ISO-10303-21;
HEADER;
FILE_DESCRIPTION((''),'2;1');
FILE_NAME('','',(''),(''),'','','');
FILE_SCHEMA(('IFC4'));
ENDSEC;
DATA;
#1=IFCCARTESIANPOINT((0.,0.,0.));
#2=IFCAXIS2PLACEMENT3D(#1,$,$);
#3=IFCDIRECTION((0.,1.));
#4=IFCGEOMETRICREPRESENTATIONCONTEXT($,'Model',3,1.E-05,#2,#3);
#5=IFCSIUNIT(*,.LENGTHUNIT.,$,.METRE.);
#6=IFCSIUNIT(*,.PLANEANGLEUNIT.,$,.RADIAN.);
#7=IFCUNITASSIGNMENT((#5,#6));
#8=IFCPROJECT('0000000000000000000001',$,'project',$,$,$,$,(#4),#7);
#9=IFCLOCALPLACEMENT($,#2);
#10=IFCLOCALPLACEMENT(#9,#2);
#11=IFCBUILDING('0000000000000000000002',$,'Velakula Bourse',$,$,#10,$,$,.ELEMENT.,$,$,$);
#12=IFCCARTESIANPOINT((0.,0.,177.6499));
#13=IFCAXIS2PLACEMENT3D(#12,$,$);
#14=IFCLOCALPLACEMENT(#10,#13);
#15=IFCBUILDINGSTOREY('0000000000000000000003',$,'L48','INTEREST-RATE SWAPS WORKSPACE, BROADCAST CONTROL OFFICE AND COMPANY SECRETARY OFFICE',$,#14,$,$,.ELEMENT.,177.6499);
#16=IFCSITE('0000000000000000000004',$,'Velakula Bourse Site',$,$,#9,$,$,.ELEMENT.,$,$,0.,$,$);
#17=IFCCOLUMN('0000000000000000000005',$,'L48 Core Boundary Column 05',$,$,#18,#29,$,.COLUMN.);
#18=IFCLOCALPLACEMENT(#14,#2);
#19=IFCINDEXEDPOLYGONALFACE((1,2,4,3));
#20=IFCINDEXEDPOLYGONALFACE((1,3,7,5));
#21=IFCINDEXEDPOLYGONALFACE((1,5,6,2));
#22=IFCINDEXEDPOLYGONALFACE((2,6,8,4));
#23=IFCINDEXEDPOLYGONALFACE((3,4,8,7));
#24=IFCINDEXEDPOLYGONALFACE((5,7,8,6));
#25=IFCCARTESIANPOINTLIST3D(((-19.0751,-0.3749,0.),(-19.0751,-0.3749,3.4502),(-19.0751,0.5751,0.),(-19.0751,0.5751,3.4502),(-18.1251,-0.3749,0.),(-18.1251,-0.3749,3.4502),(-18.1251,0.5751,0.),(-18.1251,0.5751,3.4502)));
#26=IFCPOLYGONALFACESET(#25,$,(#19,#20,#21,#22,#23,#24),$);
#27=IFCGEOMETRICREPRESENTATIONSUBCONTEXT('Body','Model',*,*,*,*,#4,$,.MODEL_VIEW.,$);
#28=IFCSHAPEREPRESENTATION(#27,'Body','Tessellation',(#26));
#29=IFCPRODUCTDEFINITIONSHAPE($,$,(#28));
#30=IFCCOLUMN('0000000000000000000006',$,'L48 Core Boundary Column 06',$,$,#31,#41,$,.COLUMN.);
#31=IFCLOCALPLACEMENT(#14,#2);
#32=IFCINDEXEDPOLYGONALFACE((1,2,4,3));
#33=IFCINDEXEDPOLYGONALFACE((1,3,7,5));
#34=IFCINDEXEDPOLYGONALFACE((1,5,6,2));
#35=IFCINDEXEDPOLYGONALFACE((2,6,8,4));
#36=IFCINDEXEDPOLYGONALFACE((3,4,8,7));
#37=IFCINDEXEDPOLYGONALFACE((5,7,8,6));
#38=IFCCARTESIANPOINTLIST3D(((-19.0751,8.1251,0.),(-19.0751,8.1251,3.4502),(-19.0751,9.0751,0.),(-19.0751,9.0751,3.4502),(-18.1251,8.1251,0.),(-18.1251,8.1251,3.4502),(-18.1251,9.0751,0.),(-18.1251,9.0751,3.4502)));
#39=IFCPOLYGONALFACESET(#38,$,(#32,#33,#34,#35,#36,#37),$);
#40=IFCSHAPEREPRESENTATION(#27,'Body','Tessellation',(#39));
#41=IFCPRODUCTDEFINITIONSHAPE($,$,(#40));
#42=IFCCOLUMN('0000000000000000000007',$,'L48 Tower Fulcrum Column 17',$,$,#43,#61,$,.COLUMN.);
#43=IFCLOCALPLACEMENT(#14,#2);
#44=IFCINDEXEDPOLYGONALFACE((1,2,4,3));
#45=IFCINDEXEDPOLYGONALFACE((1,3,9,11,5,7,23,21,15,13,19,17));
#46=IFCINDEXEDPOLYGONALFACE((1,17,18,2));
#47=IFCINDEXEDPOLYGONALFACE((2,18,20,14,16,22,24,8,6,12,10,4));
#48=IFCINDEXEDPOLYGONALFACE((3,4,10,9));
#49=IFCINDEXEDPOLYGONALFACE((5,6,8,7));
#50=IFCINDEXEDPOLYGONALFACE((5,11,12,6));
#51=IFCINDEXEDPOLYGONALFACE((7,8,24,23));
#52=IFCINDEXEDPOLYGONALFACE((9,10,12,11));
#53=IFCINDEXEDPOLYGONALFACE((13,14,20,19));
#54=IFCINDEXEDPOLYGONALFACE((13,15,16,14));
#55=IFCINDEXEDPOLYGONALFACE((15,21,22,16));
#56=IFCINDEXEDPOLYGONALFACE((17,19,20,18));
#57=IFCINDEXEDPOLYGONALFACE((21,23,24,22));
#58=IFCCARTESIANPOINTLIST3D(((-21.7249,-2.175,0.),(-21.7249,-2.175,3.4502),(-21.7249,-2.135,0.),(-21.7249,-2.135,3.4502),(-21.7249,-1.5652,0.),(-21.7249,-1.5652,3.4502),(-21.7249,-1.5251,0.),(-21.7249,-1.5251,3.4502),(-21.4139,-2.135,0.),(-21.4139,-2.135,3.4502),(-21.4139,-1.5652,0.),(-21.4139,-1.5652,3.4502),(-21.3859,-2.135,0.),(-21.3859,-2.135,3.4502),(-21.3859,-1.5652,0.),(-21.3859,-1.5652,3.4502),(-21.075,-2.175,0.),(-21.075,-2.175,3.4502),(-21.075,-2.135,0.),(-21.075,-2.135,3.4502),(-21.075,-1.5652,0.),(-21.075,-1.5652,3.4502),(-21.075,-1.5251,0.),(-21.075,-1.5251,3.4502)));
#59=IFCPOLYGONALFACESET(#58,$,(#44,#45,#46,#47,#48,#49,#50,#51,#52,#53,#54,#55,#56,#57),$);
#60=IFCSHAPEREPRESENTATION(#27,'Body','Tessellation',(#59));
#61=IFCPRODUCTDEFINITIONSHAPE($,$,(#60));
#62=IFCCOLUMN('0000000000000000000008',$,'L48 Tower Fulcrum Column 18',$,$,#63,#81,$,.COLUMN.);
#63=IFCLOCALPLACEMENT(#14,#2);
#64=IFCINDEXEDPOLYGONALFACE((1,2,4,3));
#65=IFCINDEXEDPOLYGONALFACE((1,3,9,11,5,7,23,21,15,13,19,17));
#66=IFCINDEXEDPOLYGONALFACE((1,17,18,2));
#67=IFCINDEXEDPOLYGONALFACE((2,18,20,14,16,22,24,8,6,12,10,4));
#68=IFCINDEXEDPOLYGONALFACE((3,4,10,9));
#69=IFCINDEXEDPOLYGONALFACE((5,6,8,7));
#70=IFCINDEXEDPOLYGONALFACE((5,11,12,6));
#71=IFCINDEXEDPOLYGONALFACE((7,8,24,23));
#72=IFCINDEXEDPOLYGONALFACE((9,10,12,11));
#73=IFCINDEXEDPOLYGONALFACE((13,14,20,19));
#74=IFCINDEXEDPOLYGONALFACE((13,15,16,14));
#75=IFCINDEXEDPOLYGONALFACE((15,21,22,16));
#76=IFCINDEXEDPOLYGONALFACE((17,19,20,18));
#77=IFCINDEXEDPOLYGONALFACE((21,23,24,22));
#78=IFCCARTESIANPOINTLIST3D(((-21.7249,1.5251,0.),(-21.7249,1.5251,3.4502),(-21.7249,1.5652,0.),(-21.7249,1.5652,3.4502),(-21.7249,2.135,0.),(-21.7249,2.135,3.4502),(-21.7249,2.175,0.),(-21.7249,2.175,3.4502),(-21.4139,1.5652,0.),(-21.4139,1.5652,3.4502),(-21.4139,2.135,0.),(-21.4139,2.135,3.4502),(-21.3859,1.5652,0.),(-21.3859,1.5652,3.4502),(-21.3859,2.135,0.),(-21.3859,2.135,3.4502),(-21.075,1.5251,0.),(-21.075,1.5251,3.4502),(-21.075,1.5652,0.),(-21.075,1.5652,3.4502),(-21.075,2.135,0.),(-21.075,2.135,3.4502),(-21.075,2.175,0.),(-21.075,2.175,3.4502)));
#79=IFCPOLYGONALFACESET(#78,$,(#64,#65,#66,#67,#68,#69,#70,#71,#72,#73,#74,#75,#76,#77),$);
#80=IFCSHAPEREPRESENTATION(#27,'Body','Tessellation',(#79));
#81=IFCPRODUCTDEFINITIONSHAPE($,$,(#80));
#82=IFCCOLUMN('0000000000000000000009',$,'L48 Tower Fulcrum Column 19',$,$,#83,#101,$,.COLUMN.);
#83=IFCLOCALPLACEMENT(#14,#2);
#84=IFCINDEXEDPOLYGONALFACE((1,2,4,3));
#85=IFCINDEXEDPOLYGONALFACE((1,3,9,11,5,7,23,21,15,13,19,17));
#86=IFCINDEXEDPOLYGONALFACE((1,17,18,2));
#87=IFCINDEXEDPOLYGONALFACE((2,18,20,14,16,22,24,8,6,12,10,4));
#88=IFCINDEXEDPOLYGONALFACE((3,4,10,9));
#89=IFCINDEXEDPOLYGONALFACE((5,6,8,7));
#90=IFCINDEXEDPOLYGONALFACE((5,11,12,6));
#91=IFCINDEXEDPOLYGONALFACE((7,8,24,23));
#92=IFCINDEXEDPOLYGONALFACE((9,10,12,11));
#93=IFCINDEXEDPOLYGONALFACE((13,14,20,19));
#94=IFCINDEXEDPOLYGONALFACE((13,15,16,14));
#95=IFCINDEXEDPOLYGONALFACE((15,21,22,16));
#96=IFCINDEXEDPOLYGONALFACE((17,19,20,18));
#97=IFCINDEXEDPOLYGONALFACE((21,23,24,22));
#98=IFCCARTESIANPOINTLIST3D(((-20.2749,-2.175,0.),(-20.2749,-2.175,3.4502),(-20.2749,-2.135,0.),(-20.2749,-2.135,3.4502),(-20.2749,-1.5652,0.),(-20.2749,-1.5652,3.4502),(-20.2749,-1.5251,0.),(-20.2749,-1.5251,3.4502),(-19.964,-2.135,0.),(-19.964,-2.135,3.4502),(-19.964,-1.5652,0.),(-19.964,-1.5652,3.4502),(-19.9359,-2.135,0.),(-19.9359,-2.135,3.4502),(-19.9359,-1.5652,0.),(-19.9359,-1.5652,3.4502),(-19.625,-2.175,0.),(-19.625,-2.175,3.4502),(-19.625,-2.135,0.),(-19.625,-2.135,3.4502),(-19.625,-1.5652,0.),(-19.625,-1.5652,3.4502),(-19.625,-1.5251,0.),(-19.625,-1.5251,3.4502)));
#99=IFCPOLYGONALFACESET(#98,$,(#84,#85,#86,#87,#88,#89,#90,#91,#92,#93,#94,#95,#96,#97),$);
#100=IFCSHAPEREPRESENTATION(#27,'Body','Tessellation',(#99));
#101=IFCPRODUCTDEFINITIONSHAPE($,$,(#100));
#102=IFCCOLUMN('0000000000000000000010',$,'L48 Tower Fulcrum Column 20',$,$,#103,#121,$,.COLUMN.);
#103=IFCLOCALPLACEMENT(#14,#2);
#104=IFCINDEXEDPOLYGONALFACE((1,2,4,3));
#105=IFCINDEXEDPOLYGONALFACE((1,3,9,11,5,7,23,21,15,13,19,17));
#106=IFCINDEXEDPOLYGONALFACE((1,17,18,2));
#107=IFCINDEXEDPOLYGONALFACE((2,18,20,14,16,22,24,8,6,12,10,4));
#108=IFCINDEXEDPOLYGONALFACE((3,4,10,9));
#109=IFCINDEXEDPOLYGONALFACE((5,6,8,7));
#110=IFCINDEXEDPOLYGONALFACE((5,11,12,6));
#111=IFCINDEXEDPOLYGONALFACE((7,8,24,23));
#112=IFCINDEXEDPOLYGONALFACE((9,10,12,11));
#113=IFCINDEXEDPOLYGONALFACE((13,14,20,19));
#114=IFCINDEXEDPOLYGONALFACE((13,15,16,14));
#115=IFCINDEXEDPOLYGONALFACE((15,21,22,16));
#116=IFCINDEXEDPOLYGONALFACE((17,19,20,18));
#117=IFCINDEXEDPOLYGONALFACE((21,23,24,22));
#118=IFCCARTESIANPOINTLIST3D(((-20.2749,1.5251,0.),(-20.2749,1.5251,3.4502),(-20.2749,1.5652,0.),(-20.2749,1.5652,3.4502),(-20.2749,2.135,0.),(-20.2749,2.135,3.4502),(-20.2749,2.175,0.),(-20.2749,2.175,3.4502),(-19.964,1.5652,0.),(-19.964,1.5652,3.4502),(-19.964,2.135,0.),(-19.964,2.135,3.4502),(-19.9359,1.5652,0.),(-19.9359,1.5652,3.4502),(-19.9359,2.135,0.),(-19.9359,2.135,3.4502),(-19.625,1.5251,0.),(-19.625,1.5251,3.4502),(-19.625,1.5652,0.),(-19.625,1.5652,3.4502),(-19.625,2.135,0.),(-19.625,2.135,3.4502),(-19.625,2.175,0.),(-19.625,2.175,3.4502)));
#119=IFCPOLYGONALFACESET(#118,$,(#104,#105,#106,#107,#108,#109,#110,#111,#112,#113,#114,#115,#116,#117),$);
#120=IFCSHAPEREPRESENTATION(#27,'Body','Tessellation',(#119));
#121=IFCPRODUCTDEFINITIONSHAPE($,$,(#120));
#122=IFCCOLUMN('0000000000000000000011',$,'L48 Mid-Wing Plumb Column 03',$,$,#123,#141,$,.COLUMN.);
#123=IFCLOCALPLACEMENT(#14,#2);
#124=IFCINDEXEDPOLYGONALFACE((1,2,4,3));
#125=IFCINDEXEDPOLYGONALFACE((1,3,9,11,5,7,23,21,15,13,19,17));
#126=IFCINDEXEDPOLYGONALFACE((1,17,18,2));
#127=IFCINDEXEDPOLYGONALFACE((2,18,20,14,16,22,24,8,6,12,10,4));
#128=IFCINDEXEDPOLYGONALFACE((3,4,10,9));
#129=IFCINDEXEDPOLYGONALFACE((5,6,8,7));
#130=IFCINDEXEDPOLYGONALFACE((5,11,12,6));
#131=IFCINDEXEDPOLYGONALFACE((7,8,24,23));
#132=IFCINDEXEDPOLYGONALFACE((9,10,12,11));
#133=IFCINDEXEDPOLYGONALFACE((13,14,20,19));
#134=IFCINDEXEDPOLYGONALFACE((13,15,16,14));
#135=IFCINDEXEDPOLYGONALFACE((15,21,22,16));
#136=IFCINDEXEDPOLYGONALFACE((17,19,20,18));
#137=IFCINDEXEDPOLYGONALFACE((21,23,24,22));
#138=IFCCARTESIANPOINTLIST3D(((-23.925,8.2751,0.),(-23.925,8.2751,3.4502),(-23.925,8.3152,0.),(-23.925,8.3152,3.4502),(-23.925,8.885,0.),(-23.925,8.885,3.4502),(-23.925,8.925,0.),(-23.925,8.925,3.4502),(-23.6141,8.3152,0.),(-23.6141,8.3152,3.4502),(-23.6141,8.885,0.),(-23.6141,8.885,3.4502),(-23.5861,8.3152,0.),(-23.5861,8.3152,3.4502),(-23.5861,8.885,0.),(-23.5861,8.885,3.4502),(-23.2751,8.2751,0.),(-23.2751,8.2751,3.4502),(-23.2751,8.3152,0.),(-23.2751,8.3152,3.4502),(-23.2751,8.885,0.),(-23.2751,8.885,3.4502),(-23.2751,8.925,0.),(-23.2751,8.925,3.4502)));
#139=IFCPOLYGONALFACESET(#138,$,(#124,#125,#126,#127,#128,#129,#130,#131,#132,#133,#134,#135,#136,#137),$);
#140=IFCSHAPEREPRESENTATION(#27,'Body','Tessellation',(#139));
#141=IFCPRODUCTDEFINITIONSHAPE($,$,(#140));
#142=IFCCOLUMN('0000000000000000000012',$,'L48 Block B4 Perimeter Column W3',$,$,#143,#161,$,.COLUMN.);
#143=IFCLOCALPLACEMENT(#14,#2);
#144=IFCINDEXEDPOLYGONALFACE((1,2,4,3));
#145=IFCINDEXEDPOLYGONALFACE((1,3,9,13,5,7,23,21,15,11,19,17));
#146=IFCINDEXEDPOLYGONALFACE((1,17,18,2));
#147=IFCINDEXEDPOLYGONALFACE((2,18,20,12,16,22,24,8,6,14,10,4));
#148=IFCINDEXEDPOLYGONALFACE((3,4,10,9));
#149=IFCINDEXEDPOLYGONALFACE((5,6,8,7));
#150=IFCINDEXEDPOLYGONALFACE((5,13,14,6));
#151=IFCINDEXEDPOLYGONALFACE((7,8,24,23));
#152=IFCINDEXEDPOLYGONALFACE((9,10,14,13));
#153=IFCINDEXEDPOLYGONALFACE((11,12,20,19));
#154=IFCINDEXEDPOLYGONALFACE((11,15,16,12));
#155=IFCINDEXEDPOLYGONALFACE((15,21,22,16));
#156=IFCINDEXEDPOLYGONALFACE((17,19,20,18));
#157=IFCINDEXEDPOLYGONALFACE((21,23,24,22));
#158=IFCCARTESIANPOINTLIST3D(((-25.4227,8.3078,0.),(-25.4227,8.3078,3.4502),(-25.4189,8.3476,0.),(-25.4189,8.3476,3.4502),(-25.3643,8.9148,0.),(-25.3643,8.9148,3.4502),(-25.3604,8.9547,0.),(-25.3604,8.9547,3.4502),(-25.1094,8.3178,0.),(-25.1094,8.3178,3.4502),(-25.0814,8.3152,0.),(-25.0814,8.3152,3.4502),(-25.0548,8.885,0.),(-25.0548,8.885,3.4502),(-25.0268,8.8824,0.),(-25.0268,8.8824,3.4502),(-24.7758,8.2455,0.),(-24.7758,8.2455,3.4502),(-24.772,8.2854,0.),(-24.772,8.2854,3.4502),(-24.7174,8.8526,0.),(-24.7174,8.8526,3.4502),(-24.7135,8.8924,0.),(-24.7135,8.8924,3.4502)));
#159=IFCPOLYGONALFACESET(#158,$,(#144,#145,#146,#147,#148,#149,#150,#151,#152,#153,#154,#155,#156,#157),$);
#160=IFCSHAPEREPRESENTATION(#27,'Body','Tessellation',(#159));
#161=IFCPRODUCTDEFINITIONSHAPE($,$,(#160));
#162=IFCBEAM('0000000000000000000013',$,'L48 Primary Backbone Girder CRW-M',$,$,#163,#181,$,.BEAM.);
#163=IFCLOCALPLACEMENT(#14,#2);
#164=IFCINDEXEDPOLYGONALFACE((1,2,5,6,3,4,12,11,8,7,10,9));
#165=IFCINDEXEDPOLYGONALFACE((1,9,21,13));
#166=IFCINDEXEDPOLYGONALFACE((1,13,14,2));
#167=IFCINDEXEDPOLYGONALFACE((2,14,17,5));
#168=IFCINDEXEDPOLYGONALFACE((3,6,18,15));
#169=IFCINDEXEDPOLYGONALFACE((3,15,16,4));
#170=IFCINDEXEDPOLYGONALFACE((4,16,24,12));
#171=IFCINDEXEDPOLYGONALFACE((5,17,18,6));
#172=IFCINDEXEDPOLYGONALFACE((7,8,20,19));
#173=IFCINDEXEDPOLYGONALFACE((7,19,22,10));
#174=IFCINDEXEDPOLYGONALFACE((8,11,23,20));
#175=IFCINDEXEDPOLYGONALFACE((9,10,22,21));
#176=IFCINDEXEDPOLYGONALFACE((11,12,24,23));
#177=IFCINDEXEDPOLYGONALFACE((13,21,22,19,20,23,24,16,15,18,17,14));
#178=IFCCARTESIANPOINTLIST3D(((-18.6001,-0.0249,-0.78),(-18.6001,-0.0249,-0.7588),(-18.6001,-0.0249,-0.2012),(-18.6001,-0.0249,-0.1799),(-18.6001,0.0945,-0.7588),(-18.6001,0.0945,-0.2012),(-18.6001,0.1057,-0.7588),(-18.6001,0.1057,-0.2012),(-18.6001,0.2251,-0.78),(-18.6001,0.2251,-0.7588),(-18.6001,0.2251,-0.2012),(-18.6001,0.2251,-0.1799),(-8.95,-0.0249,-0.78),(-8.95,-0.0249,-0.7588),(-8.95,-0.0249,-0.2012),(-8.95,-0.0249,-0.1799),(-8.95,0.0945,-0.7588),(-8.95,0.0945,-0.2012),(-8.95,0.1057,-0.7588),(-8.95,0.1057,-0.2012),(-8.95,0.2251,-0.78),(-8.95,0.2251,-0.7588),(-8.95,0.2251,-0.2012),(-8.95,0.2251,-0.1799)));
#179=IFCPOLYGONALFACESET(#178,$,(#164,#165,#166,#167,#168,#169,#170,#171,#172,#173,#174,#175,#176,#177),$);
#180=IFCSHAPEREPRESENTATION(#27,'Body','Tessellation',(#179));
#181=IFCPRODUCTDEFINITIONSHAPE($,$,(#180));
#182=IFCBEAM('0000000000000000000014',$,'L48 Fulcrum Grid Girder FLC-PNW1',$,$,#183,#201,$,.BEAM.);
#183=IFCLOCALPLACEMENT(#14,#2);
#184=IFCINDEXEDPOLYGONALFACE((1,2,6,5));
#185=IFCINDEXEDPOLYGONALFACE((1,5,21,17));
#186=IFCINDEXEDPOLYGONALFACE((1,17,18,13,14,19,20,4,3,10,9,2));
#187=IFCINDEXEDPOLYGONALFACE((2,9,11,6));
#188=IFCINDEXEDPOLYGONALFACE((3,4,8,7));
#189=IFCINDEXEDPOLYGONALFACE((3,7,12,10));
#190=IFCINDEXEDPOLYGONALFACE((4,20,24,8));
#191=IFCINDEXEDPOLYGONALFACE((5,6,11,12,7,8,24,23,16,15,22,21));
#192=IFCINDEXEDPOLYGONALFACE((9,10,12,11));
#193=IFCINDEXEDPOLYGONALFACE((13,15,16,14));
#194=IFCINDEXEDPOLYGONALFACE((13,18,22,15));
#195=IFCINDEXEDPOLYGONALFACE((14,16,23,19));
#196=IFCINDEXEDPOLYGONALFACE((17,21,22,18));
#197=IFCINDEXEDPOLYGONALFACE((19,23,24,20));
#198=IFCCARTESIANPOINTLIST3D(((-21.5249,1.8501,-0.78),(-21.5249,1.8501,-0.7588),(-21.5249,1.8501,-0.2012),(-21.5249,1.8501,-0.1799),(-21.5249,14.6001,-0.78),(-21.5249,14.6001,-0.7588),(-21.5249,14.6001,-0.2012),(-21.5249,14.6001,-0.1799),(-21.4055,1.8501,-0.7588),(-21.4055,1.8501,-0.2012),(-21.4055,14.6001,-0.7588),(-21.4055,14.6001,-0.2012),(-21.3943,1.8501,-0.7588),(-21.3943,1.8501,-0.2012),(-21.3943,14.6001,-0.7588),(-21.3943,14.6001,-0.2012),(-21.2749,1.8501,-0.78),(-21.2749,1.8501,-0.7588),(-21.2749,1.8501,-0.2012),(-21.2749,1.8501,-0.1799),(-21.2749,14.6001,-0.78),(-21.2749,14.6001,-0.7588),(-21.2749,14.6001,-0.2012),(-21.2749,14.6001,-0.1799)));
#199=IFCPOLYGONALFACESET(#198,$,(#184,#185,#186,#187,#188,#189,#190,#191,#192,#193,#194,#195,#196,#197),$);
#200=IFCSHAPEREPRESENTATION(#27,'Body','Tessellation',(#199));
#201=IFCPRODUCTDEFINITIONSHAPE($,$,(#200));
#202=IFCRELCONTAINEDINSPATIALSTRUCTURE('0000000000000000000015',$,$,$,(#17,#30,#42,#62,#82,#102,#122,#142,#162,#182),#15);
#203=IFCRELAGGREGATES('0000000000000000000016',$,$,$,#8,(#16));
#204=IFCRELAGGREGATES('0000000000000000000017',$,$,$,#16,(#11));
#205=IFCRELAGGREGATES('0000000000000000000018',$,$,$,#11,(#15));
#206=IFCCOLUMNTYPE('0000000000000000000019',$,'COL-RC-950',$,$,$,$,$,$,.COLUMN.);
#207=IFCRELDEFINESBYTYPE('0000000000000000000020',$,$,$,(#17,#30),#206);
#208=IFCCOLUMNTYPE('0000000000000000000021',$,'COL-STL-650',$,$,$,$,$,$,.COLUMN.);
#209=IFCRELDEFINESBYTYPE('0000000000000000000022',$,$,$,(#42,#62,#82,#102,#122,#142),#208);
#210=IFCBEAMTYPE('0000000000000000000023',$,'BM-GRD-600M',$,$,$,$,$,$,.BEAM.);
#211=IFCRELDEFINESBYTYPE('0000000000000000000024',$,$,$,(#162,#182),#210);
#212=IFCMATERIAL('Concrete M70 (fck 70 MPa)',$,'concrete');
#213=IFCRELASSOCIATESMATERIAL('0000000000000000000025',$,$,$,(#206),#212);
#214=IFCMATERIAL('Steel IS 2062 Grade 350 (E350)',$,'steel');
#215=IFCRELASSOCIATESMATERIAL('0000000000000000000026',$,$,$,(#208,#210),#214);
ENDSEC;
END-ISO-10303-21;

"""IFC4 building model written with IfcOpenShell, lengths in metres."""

from ifc_helpers import new_model, si_unit, direction, frame, origin, origin_2d, place, context, subcontext, project, spatial, rectangle, i_section, extrude, material, material_profile, profile_set, type_object, element, save


model = new_model("IFC4")

# Units and contexts
model_context = context("Model", 3, precision=1e-05, world=origin(), true_north=direction((0.0, 1.0)))
body_context = subcontext(model_context, "Body", "Model", "MODEL_VIEW")
ifc_project = project(units=[si_unit("LENGTHUNIT", "METRE"), si_unit("PLANEANGLEUNIT", "RADIAN")], contexts=[model_context])

# Site, building, storey
site_placement = place(None, origin())
site = spatial("IfcSite", under=ifc_project, at=site_placement, Name="Velakula Bourse Site", CompositionType="ELEMENT", RefElevation=0.0)
building_placement = place(site_placement, origin())
building = spatial("IfcBuilding", under=site, at=building_placement, Name="Velakula Bourse", CompositionType="ELEMENT")
storey_placement = place(building_placement, frame((0.0, 0.0, 177.6499)))
storey = spatial("IfcBuildingStorey", under=building, at=storey_placement, Name="L48", Description="INTEREST-RATE SWAPS WORKSPACE, BROADCAST CONTROL OFFICE AND COMPANY SECRETARY OFFICE", CompositionType="ELEMENT", Elevation=177.6499)

# Columns
ifc_material_1 = material(Name="Concrete M70 (fck 70 MPa)", Category="concrete")
ifc_material_profile_1 = material_profile(ifc_material_1, rectangle(XDim=0.95, YDim=0.95, at=origin_2d()), Name="Concrete M70 (fck 70 MPa)")
ifc_profile_set_1 = profile_set([ifc_material_profile_1], Name="Concrete M70 (fck 70 MPa)")
column_type_1 = type_object("IfcColumnType", Name="COL-RC-950", PredefinedType="COLUMN", material=ifc_profile_set_1)
for number, where, z_axis, x_axis, name in (
    (1, (-18.6001, 0.1001, 0.0), (0.0, 0.0, 1.0), (1.0, 0.0, 0.0), "L48 Core Boundary Column 05"),
    (2, (-18.6001, 8.6001, 0.0), (0.0, 0.0, 1.0), (1.0, 0.0, 0.0), "L48 Core Boundary Column 06"),
):
    element("IfcColumn", number, at=place(storey_placement, frame(where, z_axis=z_axis, x_axis=x_axis)), inside=storey, type_object=column_type_1, Name=name, PredefinedType="COLUMN", context=body_context, shape_type="SweptSolid", body=[
        extrude(rectangle(XDim=0.95, YDim=0.95, at=origin_2d()), origin(), (0.0, 0.0, 1.0), 3.4502),
    ])
ifc_material_2 = material(Name="Steel IS 2062 Grade 350 (E350)", Category="steel")
ifc_material_profile_2 = material_profile(ifc_material_2, i_section(OverallWidth=0.6499, OverallDepth=0.6499, WebThickness=0.0281, FlangeThickness=0.04, at=origin_2d()), Name="Steel IS 2062 Grade 350 (E350)")
ifc_profile_set_2 = profile_set([ifc_material_profile_2], Name="Steel IS 2062 Grade 350 (E350)")
column_type_2 = type_object("IfcColumnType", Name="COL-STL-650", PredefinedType="COLUMN", material=ifc_profile_set_2)
for number, where, z_axis, x_axis, name in (
    (3, (-21.3999, -1.8501, 0.0), (0.0, 0.0, 1.0), (1.0, 0.0, 0.0), "L48 Tower Fulcrum Column 17"),
    (4, (-21.3999, 1.8501, 0.0), (0.0, 0.0, 1.0), (1.0, 0.0, 0.0), "L48 Tower Fulcrum Column 18"),
    (5, (-19.95, -1.8501, 0.0), (0.0, 0.0, 1.0), (1.0, 0.0, 0.0), "L48 Tower Fulcrum Column 19"),
    (6, (-19.95, 1.8501, 0.0), (0.0, 0.0, 1.0), (1.0, 0.0, 0.0), "L48 Tower Fulcrum Column 20"),
    (7, (-23.6001, 8.6001, 0.0), (0.0, 0.0, 1.0), (1.0, 0.0, 0.0), "L48 Mid-Wing Plumb Column 03"),
    (8, (-25.0681, 8.6001, 0.0), (0.0, 0.0, 1.0), (0.995396, -0.095846, 0.0), "L48 Block B4 Perimeter Column W3"),
):
    element("IfcColumn", number, at=place(storey_placement, frame(where, z_axis=z_axis, x_axis=x_axis)), inside=storey, type_object=column_type_2, Name=name, PredefinedType="COLUMN", context=body_context, shape_type="SweptSolid", body=[
        extrude(i_section(OverallWidth=0.6499, OverallDepth=0.6499, WebThickness=0.0281, FlangeThickness=0.04, at=origin_2d()), origin(), (0.0, 0.0, 1.0), 3.4502),
    ])

# Beams
ifc_material_profile_3 = material_profile(ifc_material_2, i_section(OverallWidth=0.25, OverallDepth=0.6001, WebThickness=0.0112, FlangeThickness=0.0212, at=origin_2d()), Name="Steel IS 2062 Grade 350 (E350)")
ifc_profile_set_3 = profile_set([ifc_material_profile_3], Name="Steel IS 2062 Grade 350 (E350)")
beam_type_1 = type_object("IfcBeamType", Name="BM-GRD-600M", PredefinedType="BEAM", material=ifc_profile_set_3)
beam_1_placement = place(storey_placement, frame((-18.6001, 0.1001, -0.48), z_axis=(1.0, 0.0, 0.0), x_axis=(0.0, 1.0, 0.0)))
element("IfcBeam", 9, at=beam_1_placement, inside=storey, type_object=beam_type_1, Name="L48 Primary Backbone Girder CRW-M", PredefinedType="BEAM", context=body_context, shape_type="SweptSolid", body=[
    extrude(i_section(OverallWidth=0.25, OverallDepth=0.6001, WebThickness=0.0112, FlangeThickness=0.0212, at=origin_2d()), origin(), (0.0, 0.0, 1.0), 9.6501),
])
for number, where, z_axis, x_axis, name in (
    (10, (-21.3999, 1.8501, -0.48), (0.0, 1.0, 0.0), (-1.0, 0.0, 0.0), "L48 Fulcrum Grid Girder FLC-PNW1"),
):
    element("IfcBeam", number, at=place(storey_placement, frame(where, z_axis=z_axis, x_axis=x_axis)), inside=storey, type_object=beam_type_1, Name=name, PredefinedType="BEAM", context=body_context, shape_type="SweptSolid", body=[
        extrude(i_section(OverallWidth=0.25, OverallDepth=0.6001, WebThickness=0.0112, FlangeThickness=0.0212, at=origin_2d()), origin(), (0.0, 0.0, 1.0), 12.75),
    ])

save(model, "model.ifc")
